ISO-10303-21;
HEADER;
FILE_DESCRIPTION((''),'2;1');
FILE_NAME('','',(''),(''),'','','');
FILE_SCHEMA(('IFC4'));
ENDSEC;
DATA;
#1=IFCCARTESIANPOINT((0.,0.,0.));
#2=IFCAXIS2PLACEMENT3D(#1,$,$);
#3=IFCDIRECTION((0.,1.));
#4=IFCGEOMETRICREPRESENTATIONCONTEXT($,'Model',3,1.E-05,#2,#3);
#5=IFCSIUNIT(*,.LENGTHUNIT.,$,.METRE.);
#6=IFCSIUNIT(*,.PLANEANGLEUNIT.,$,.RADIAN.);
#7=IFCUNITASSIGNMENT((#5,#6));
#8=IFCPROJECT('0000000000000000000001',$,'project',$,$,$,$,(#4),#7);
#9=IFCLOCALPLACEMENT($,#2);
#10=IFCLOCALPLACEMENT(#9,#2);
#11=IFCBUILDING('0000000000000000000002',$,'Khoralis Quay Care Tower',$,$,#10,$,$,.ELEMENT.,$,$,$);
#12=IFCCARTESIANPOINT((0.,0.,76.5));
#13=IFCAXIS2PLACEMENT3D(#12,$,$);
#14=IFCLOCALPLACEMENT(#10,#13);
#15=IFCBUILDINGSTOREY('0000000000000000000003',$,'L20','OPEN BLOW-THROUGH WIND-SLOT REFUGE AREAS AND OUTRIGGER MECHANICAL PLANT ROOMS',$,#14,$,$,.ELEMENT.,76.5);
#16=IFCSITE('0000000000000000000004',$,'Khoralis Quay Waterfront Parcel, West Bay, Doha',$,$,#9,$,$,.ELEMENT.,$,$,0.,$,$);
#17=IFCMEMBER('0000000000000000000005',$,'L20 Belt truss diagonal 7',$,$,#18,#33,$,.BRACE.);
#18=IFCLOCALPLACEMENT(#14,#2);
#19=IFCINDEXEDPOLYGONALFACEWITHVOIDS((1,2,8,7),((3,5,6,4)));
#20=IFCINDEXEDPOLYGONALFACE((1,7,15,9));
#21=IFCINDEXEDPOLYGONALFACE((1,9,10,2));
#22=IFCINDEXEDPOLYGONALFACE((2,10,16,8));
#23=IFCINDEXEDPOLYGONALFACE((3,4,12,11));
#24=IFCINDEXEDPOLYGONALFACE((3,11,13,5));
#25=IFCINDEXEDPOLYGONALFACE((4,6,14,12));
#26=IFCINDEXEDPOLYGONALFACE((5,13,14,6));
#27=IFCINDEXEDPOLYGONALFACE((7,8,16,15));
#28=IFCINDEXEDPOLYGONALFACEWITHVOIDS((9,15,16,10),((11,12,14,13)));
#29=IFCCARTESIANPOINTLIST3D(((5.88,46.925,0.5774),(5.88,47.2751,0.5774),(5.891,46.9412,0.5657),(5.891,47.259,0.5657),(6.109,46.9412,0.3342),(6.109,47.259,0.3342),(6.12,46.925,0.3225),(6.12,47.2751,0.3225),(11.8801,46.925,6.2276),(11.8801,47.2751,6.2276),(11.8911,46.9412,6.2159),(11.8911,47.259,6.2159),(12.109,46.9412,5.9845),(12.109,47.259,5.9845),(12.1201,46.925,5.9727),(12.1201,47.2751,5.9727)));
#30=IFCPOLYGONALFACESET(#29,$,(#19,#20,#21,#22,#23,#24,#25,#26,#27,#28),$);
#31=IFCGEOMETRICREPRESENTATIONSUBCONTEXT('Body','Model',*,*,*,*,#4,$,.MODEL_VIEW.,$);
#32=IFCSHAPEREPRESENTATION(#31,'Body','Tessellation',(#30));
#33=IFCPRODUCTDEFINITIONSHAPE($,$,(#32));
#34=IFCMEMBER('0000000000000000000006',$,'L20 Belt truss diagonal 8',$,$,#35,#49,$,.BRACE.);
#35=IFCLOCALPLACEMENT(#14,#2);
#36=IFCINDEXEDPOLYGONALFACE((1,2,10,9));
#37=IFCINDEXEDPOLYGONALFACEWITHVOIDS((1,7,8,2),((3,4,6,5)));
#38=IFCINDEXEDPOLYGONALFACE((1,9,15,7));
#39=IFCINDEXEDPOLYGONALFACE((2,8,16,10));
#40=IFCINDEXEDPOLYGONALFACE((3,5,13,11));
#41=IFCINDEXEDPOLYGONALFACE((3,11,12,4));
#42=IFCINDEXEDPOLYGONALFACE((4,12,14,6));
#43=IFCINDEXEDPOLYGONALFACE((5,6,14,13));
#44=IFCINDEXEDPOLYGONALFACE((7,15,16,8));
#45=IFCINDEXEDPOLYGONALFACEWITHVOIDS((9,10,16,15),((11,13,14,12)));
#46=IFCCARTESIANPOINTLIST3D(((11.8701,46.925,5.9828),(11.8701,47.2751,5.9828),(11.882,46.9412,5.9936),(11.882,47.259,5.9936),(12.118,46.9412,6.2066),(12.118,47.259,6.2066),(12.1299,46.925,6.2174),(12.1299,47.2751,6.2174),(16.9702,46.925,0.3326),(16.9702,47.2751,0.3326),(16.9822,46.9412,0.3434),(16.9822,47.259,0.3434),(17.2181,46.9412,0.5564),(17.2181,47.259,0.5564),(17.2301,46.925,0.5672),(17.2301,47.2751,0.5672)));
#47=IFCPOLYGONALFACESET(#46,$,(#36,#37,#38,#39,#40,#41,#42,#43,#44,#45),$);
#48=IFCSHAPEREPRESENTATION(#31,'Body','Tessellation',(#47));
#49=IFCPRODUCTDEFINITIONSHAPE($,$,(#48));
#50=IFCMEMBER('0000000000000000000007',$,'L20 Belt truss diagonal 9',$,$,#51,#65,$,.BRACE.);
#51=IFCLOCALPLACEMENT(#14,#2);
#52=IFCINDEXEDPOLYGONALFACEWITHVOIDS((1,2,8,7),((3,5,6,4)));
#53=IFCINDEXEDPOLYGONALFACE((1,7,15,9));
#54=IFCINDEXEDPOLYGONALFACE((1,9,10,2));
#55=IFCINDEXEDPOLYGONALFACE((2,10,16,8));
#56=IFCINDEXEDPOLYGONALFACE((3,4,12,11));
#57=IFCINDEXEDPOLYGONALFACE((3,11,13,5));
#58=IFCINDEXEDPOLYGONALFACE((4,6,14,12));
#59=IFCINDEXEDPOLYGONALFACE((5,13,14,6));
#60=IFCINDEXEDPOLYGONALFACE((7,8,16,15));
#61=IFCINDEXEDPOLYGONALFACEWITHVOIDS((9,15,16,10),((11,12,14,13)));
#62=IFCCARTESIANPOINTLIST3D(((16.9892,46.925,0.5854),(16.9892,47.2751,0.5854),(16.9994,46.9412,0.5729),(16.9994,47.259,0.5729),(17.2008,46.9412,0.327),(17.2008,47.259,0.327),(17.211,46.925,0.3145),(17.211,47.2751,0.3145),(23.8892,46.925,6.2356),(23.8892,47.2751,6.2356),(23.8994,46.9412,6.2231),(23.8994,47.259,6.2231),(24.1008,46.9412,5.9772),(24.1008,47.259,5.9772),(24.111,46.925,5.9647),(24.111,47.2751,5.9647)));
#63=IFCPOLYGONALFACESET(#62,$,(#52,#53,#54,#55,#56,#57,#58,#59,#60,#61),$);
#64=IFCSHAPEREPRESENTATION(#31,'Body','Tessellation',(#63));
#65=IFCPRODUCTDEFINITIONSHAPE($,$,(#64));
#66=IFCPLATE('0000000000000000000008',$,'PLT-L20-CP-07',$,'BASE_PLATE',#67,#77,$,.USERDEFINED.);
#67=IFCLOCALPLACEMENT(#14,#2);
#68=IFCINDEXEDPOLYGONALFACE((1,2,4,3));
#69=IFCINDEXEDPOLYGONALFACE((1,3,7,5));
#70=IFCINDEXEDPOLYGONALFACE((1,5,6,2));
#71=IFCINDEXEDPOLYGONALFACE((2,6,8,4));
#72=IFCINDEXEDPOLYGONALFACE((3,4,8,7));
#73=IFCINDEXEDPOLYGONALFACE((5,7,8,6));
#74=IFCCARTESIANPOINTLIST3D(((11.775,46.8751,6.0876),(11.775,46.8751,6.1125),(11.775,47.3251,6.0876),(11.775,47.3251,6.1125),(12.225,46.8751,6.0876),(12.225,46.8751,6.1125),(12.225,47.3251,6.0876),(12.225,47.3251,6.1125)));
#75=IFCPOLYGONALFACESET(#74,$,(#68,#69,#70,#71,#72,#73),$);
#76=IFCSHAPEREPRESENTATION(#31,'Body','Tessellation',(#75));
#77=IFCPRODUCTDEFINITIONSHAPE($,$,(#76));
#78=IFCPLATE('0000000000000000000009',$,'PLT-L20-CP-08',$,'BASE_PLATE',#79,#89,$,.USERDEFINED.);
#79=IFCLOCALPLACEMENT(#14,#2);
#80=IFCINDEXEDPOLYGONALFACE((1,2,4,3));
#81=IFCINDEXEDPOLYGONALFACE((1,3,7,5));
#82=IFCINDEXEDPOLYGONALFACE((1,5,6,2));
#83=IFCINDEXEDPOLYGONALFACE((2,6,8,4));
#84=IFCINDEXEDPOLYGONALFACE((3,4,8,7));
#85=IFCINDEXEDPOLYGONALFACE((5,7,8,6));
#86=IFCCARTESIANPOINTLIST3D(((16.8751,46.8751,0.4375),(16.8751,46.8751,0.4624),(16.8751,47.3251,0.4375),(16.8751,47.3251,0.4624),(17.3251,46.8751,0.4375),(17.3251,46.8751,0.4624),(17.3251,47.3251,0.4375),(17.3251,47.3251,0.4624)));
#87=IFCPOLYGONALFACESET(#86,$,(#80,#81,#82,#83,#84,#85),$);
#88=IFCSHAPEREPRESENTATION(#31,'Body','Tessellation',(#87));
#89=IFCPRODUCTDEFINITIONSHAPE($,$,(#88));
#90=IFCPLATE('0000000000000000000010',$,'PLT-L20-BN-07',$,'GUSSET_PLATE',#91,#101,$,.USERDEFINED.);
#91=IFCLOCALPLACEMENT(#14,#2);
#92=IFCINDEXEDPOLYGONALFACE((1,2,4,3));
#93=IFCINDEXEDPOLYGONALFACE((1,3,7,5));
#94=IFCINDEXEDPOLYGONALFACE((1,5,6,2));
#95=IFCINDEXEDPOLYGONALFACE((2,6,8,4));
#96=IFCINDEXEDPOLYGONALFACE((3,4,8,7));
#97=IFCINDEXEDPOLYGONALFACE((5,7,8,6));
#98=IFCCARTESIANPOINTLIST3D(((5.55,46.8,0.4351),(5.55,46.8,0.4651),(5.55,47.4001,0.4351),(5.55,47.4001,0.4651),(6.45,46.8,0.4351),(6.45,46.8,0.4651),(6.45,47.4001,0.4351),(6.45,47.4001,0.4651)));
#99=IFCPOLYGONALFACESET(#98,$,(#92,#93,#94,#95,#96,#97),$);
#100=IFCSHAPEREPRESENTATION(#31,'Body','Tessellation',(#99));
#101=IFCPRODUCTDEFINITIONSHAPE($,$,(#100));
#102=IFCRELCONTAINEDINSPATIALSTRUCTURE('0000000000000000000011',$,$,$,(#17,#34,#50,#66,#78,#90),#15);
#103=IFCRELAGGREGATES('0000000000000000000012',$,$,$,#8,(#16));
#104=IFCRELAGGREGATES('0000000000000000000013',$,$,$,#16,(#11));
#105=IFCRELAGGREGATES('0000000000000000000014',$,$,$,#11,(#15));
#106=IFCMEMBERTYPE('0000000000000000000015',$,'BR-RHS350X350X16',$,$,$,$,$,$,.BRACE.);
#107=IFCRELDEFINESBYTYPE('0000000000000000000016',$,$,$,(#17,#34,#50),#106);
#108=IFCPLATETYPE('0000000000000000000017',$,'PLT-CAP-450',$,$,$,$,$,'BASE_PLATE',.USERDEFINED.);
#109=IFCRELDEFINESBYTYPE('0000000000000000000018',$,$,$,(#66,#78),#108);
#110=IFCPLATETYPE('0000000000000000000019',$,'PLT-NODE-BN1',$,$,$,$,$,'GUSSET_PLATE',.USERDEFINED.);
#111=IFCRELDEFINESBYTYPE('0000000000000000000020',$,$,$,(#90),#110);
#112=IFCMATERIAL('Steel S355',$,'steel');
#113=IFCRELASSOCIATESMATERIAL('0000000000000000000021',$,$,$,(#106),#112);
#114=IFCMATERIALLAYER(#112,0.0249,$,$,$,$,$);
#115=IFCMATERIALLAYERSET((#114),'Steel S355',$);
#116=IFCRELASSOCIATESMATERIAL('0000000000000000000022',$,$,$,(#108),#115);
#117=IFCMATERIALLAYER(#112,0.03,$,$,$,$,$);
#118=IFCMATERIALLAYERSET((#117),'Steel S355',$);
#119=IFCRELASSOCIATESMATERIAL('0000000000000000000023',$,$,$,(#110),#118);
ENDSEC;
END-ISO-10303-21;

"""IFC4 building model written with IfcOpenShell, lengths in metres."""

from ifc_helpers import new_model, si_unit, direction, frame, origin, origin_2d, place, context, subcontext, project, spatial, rectangle, hollow_rectangle, extrude, source, transform, mapped, material, layer, layer_set, material_profile, profile_set, type_object, element, save


model = new_model("IFC4")

# Units and contexts
model_context = context("Model", 3, precision=1e-05, world=origin(), true_north=direction((0.0, 1.0)))
body_context = subcontext(model_context, "Body", "Model", "MODEL_VIEW")
ifc_project = project(units=[si_unit("LENGTHUNIT", "METRE"), si_unit("PLANEANGLEUNIT", "RADIAN")], contexts=[model_context])

# Site, building, storey
site_placement = place(None, origin())
site = spatial("IfcSite", under=ifc_project, at=site_placement, Name="Khoralis Quay Waterfront Parcel, West Bay, Doha", CompositionType="ELEMENT", RefElevation=0.0)
building_placement = place(site_placement, origin())
building = spatial("IfcBuilding", under=site, at=building_placement, Name="Khoralis Quay Care Tower", CompositionType="ELEMENT")
storey_placement = place(building_placement, frame((0.0, 0.0, 76.5)))
storey = spatial("IfcBuildingStorey", under=building, at=storey_placement, Name="L20", Description="OPEN BLOW-THROUGH WIND-SLOT REFUGE AREAS AND OUTRIGGER MECHANICAL PLANT ROOMS", CompositionType="ELEMENT", Elevation=76.5)

# Shared definitions
ifc_material_1 = material(Name="Steel S355", Category="steel")

# Members
ifc_material_profile_1 = material_profile(ifc_material_1, hollow_rectangle(XDim=0.3501, YDim=0.3501, WallThickness=0.0161, at=origin_2d()), Name="Steel S355")
ifc_profile_set_1 = profile_set([ifc_material_profile_1], Name="Steel S355")
member_type = type_object("IfcMemberType", Name="BR-RHS350X350X16", PredefinedType="BRACE", material=ifc_profile_set_1)
shared_shape_1 = source(origin(), body_context, "Body", "SweptSolid", [
    extrude(hollow_rectangle(XDim=0.3501, YDim=0.3501, WallThickness=0.0161, at=origin_2d()), origin(), (0.0, 0.0, 1.0), 8.2417),
])
member_1_placement = place(storey_placement, frame((6.0, 47.1001, 0.45), z_axis=(0.728013, 0.0, 0.685563), x_axis=(0.0, 1.0, 0.0)))
element("IfcMember", 1, at=member_1_placement, inside=storey, type_object=member_type, Name="L20 Belt truss diagonal 7", PredefinedType="BRACE", context=body_context, shape_type="MappedRepresentation", body=[
    mapped(shared_shape_1, transform((0.0, 0.0, 0.0), scale=1.0)),
])
shared_shape_2 = source(origin(), body_context, "Body", "SweptSolid", [
    extrude(hollow_rectangle(XDim=0.3501, YDim=0.3501, WallThickness=0.0161, at=origin_2d()), origin(), (0.0, 0.0, 1.0), 7.6116),
])
member_2_placement = place(storey_placement, frame((12.0, 47.1001, 6.1001), z_axis=(0.67005, 0.0, -0.742316), x_axis=(0.0, 1.0, 0.0)))
element("IfcMember", 2, at=member_2_placement, inside=storey, type_object=member_type, Name="L20 Belt truss diagonal 8", PredefinedType="BRACE", context=body_context, shape_type="MappedRepresentation", body=[
    mapped(shared_shape_2, transform((0.0, 0.0, 0.0), scale=1.0)),
])
shared_shape_3 = source(origin(), body_context, "Body", "SweptSolid", [
    extrude(hollow_rectangle(XDim=0.3501, YDim=0.3501, WallThickness=0.0161, at=origin_2d()), origin(), (0.0, 0.0, 1.0), 8.9182),
])
member_3_placement = place(storey_placement, frame((17.1001, 47.1001, 0.45), z_axis=(0.773695, 0.0, 0.633558), x_axis=(0.0, 1.0, 0.0)))
element("IfcMember", 3, at=member_3_placement, inside=storey, type_object=member_type, Name="L20 Belt truss diagonal 9", PredefinedType="BRACE", context=body_context, shape_type="MappedRepresentation", body=[
    mapped(shared_shape_3, transform((0.0, 0.0, 0.0), scale=1.0)),
])

# Plates
ifc_layer_1 = layer(ifc_material_1, 0.0249)
ifc_layer_set_1 = layer_set([ifc_layer_1], Name="Steel S355")
plate_type_1 = type_object("IfcPlateType", Name="PLT-CAP-450", ElementType="BASE_PLATE", PredefinedType="USERDEFINED", material=ifc_layer_set_1)
shared_shape_4 = source(origin(), body_context, "Body", "SweptSolid", [
    extrude(rectangle(XDim=0.45, YDim=0.45, at=origin_2d()), origin(), (0.0, 0.0, 1.0), 0.0249),
])
for number, where, z_axis, x_axis, name in (
    (4, (12.0, 47.1001, 6.0876), (0.0, 0.0, 1.0), (1.0, 0.0, 0.0), "PLT-L20-CP-07"),
    (5, (17.1001, 47.1001, 0.4375), (0.0, 0.0, 1.0), (1.0, 0.0, 0.0), "PLT-L20-CP-08"),
):
    element("IfcPlate", number, at=place(storey_placement, frame(where, z_axis=z_axis, x_axis=x_axis)), inside=storey, type_object=plate_type_1, Name=name, ObjectType="BASE_PLATE", PredefinedType="USERDEFINED", context=body_context, shape_type="MappedRepresentation", body=[
        mapped(shared_shape_4, transform((0.0, 0.0, 0.0), scale=1.0)),
    ])
ifc_layer_2 = layer(ifc_material_1, 0.03)
ifc_layer_set_2 = layer_set([ifc_layer_2], Name="Steel S355")
plate_type_2 = type_object("IfcPlateType", Name="PLT-NODE-BN1", ElementType="GUSSET_PLATE", PredefinedType="USERDEFINED", material=ifc_layer_set_2)
shared_shape_5 = source(origin(), body_context, "Body", "SweptSolid", [
    extrude(rectangle(XDim=0.8999, YDim=0.6001, at=origin_2d()), origin(), (0.0, 0.0, 1.0), 0.03),
])
plate_placement = place(storey_placement, frame((6.0, 47.1001, 0.4351), z_axis=(0.0, 0.0, 1.0), x_axis=(1.0, 0.0, 0.0)))
element("IfcPlate", 6, at=plate_placement, inside=storey, type_object=plate_type_2, Name="PLT-L20-BN-07", ObjectType="GUSSET_PLATE", PredefinedType="USERDEFINED", context=body_context, shape_type="MappedRepresentation", body=[
    mapped(shared_shape_5, transform((0.0, 0.0, 0.0), scale=1.0)),
])

save(model, "model.ifc")
